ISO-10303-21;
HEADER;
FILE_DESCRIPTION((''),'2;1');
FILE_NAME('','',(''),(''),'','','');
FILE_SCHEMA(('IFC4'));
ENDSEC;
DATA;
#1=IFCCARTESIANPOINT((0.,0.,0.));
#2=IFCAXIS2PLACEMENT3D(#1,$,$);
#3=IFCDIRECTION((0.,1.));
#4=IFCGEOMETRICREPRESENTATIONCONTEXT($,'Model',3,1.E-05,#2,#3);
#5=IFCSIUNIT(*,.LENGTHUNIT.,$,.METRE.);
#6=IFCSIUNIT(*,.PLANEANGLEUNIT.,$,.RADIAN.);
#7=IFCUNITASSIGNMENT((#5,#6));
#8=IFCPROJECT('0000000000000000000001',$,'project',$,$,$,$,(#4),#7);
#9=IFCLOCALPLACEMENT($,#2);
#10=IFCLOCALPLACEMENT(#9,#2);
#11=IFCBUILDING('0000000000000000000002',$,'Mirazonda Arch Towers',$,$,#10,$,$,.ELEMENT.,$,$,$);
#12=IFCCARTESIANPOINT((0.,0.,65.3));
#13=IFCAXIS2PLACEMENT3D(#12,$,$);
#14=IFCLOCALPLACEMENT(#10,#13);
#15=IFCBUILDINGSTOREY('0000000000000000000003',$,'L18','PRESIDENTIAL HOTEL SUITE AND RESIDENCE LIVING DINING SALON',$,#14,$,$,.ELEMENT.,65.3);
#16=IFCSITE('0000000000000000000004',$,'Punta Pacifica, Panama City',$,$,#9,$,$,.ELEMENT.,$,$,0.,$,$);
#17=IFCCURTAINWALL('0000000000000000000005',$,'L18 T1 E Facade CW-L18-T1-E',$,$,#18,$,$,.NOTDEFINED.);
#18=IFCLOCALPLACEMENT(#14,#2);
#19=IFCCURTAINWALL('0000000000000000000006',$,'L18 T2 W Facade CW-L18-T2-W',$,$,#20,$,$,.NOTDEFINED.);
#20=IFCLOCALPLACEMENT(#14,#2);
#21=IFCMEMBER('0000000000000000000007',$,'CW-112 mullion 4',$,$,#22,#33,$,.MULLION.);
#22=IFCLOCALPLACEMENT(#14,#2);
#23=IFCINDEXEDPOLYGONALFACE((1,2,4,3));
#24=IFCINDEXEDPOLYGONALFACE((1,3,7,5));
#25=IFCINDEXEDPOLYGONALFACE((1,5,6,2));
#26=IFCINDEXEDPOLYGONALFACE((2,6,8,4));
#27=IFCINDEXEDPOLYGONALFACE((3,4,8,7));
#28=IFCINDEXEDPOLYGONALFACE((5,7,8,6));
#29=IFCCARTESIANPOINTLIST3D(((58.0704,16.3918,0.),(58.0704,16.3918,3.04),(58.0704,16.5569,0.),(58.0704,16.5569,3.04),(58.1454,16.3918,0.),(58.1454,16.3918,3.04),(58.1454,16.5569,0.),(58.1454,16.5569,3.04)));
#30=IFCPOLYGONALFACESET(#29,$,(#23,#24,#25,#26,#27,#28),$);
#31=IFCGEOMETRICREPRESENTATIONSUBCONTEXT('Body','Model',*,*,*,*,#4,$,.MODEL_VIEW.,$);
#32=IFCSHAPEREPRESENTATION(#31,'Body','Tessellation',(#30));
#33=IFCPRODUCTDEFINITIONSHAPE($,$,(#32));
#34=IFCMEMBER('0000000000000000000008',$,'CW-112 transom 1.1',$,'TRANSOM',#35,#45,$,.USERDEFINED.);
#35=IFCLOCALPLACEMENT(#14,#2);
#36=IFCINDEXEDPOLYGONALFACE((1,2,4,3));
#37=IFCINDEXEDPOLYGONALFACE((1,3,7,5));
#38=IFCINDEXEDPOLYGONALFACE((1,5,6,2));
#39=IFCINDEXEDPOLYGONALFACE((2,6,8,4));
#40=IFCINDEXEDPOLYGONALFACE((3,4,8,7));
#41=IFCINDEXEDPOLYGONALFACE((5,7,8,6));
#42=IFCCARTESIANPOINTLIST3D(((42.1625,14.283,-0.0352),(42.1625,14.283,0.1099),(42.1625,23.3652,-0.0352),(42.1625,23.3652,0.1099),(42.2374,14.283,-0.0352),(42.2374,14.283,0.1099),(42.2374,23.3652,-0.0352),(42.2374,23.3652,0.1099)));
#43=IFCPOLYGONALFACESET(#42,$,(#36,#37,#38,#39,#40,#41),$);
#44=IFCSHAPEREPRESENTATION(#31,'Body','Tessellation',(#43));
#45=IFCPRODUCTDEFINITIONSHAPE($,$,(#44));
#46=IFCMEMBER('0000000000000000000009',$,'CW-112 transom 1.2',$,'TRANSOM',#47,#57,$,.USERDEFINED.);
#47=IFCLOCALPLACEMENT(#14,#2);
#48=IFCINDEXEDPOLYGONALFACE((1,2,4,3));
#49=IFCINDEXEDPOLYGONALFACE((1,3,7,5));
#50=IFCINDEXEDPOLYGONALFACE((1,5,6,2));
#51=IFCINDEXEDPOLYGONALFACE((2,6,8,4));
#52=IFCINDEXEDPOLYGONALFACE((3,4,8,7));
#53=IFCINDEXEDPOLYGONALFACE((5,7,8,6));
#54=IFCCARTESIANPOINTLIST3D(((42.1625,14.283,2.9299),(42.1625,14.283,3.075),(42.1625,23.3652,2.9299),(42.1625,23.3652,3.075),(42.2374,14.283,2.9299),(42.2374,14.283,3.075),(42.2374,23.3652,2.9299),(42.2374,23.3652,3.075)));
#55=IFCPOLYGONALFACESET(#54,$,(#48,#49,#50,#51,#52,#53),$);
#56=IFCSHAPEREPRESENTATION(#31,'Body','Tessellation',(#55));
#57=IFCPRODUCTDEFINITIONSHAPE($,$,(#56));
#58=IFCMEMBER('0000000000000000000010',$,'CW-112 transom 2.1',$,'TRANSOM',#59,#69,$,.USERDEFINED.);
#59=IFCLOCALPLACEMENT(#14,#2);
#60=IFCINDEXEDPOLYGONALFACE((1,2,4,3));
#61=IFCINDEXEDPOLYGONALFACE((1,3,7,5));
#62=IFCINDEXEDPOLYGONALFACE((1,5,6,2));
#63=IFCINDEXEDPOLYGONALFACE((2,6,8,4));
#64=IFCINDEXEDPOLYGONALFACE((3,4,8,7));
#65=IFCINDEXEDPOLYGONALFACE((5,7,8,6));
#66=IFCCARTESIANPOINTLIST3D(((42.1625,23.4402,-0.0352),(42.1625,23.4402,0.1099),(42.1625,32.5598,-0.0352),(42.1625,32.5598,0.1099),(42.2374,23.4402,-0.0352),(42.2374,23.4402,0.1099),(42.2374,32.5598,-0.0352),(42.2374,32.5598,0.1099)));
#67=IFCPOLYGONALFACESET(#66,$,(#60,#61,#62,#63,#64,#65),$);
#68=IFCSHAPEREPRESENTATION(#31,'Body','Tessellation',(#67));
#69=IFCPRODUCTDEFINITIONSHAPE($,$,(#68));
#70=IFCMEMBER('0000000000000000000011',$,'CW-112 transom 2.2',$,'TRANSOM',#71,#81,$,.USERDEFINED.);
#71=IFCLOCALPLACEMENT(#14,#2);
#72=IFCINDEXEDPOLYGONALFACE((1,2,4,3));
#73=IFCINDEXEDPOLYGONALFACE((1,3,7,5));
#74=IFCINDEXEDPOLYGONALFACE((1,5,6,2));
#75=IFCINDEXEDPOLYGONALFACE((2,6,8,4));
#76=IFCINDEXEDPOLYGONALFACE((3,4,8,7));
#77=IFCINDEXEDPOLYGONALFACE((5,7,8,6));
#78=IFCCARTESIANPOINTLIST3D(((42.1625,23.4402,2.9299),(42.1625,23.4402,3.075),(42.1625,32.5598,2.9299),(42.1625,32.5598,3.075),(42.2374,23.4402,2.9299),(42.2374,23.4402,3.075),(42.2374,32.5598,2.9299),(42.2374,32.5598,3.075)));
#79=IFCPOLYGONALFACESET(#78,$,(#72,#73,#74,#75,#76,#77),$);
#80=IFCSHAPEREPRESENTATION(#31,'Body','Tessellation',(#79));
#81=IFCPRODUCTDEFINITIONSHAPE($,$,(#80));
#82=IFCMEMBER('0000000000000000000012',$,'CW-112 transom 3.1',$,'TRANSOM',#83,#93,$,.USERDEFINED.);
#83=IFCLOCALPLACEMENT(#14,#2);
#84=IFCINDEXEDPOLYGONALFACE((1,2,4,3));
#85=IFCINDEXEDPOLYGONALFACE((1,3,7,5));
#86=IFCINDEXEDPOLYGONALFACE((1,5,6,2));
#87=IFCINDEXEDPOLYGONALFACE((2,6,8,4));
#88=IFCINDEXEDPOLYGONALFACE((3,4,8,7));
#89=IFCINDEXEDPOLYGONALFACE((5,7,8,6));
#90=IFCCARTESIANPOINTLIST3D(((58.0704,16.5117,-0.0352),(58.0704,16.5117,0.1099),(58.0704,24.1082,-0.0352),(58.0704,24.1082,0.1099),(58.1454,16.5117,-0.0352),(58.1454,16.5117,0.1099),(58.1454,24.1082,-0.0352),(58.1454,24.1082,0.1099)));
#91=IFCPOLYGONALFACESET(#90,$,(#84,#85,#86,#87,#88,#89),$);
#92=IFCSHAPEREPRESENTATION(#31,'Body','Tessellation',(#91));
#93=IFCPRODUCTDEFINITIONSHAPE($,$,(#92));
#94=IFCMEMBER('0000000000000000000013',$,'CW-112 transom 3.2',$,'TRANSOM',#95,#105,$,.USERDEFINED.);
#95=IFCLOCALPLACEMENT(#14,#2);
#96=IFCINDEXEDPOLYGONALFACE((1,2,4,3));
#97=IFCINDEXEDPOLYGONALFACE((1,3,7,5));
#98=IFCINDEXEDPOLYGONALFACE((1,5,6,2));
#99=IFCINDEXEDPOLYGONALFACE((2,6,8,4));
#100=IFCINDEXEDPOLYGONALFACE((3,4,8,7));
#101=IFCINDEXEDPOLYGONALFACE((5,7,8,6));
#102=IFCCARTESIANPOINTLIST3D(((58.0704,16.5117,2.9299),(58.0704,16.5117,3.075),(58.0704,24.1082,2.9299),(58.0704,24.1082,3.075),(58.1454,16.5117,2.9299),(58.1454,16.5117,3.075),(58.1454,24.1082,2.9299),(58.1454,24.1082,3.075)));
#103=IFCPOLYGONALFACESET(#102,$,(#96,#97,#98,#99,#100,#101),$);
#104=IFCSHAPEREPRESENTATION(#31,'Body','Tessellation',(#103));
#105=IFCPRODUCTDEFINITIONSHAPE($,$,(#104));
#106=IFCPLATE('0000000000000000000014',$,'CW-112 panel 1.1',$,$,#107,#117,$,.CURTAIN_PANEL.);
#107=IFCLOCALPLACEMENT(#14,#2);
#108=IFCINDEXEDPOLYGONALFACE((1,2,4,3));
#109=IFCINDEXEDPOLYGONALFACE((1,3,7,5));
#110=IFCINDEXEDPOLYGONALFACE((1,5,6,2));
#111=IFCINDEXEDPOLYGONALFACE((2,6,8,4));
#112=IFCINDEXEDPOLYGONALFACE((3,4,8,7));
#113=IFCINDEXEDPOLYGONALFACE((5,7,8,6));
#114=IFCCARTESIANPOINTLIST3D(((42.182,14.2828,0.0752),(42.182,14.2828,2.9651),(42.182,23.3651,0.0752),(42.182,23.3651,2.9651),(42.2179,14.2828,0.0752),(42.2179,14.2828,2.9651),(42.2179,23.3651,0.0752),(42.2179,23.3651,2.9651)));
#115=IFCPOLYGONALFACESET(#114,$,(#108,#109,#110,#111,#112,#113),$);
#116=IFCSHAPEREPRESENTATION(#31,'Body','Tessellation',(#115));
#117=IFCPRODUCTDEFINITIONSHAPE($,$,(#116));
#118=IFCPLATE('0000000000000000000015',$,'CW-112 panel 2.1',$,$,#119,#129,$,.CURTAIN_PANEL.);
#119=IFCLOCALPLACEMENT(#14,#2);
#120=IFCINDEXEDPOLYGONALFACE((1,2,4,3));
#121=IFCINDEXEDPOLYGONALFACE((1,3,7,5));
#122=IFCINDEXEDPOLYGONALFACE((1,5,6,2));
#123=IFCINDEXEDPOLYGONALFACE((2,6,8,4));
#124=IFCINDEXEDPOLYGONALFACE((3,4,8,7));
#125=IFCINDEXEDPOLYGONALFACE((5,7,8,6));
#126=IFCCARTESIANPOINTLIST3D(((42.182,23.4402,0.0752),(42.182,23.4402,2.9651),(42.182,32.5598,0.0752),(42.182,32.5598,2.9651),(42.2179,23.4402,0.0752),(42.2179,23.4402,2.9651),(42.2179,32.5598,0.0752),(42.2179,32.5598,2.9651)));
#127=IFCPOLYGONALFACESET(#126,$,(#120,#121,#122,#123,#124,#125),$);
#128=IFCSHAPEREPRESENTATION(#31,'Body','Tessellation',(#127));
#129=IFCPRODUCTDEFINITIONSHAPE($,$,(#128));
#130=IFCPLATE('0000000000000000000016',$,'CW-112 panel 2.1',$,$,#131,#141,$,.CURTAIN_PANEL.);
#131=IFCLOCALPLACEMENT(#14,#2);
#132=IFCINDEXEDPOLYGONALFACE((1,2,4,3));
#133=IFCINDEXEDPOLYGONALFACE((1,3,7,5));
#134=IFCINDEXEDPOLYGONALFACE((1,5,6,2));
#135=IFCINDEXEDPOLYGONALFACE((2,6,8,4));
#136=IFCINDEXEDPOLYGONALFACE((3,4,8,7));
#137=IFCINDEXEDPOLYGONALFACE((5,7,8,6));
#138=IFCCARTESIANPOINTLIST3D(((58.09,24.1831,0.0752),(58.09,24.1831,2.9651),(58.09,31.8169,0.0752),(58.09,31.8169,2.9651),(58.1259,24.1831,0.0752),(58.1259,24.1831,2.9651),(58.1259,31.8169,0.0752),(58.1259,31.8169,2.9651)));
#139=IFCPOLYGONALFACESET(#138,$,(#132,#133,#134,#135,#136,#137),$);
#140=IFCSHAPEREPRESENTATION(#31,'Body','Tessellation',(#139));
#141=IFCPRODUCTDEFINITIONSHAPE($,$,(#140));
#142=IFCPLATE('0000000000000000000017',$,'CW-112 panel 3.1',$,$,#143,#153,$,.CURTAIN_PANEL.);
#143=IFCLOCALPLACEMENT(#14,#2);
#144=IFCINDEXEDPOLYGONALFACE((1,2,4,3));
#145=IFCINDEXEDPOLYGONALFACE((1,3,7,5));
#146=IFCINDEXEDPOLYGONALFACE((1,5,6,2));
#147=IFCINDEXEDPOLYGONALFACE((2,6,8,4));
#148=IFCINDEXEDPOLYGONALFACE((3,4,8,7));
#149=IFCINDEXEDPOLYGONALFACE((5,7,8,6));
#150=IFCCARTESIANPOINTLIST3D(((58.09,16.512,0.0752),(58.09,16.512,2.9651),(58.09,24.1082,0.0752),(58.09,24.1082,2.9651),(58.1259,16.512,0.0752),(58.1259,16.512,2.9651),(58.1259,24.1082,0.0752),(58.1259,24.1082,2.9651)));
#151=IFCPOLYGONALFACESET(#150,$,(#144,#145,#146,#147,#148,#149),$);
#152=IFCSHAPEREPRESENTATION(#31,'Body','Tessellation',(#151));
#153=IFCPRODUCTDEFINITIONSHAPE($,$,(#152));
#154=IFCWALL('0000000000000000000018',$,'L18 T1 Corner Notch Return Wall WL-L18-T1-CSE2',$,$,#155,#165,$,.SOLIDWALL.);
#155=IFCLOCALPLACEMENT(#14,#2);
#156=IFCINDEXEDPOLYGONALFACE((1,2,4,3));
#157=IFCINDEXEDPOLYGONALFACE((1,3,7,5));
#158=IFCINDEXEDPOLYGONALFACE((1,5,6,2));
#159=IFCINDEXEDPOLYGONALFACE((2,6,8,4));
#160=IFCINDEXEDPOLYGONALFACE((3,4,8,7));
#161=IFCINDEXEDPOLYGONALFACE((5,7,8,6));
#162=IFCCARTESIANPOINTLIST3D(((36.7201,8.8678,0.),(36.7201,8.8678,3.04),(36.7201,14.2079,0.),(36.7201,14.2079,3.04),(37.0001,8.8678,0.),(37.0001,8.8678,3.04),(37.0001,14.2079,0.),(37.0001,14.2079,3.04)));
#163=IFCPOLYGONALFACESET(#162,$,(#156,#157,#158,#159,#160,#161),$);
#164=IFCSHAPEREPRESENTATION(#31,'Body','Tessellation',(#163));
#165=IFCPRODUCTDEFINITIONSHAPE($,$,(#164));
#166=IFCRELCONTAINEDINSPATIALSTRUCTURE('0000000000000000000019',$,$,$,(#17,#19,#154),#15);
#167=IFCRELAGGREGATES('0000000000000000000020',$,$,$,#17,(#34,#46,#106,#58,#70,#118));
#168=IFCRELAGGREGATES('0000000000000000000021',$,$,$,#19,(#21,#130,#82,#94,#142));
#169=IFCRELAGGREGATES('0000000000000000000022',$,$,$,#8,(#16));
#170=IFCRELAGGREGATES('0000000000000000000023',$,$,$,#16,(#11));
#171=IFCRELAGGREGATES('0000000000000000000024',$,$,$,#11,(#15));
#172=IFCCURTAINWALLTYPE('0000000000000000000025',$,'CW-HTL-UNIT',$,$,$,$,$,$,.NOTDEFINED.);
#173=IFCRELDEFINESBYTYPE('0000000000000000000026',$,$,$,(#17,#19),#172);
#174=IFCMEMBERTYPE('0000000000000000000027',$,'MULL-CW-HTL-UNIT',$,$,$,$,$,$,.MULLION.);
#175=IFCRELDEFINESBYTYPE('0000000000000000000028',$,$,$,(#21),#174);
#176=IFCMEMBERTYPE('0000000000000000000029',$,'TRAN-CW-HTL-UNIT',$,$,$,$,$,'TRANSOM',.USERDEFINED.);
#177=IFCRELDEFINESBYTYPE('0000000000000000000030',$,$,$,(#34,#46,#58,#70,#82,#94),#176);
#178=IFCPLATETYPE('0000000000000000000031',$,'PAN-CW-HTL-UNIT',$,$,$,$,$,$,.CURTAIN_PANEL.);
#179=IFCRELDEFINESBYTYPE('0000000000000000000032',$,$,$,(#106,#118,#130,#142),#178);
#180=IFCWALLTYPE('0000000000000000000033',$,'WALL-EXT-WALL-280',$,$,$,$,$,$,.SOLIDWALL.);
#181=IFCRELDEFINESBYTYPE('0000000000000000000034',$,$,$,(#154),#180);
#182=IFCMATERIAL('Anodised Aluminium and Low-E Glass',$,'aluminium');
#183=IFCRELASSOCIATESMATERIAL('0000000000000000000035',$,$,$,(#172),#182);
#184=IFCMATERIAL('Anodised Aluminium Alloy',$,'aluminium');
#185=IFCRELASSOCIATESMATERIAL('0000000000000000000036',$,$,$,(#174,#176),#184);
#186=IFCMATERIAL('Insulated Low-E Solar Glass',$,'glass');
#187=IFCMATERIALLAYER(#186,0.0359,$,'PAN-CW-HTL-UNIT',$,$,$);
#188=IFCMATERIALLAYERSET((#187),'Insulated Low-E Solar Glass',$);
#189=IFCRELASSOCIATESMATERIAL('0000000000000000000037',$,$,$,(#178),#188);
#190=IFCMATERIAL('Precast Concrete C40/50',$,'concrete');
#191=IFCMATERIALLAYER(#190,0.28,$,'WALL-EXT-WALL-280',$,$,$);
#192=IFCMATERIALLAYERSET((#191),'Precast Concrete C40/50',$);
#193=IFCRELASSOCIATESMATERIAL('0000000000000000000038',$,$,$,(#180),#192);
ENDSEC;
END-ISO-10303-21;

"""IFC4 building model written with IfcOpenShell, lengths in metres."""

from ifc_helpers import new_model, si_unit, direction, frame, frame_2d, origin, origin_2d, place, context, subcontext, project, spatial, rectangle, extrude, material, layer, layer_set, material_profile, profile_set, type_object, element, aggregate, save


model = new_model("IFC4")

# Units and contexts
model_context = context("Model", 3, precision=1e-05, world=origin(), true_north=direction((0.0, 1.0)))
body_context = subcontext(model_context, "Body", "Model", "MODEL_VIEW")
ifc_project = project(units=[si_unit("LENGTHUNIT", "METRE"), si_unit("PLANEANGLEUNIT", "RADIAN")], contexts=[model_context])

# Site, building, storey
site_placement = place(None, origin())
site = spatial("IfcSite", under=ifc_project, at=site_placement, Name="Punta Pacifica, Panama City", CompositionType="ELEMENT", RefElevation=0.0)
building_placement = place(site_placement, origin())
building = spatial("IfcBuilding", under=site, at=building_placement, Name="Mirazonda Arch Towers", CompositionType="ELEMENT")
storey_placement = place(building_placement, frame((0.0, 0.0, 65.3)))
storey = spatial("IfcBuildingStorey", under=building, at=storey_placement, Name="L18", Description="PRESIDENTIAL HOTEL SUITE AND RESIDENCE LIVING DINING SALON", CompositionType="ELEMENT", Elevation=65.3)

# Curtain walls, member
ifc_material_1 = material(Name="Anodised Aluminium and Low-E Glass", Category="aluminium")
curtain_wall_type = type_object("IfcCurtainWallType", Name="CW-HTL-UNIT", PredefinedType="NOTDEFINED", material=ifc_material_1)
curtain_wall_1_placement = place(storey_placement, origin())
curtain_wall_1 = element("IfcCurtainWall", 1, at=curtain_wall_1_placement, inside=storey, type_object=curtain_wall_type, Name="L18 T1 E Facade CW-L18-T1-E", PredefinedType="NOTDEFINED")
ifc_material_2 = material(Name="Anodised Aluminium Alloy", Category="aluminium")
ifc_material_profile_1 = material_profile(ifc_material_2, rectangle(XDim=0.075, YDim=0.165, at=origin_2d()), Name="ALU-MULL-75x165")
ifc_profile_set_1 = profile_set([ifc_material_profile_1], Name="Anodised Aluminium Alloy")
member_type_1 = type_object("IfcMemberType", Name="MULL-CW-HTL-UNIT", PredefinedType="MULLION", material=ifc_profile_set_1)
curtain_wall_2_placement = place(storey_placement, origin())
curtain_wall_2 = element("IfcCurtainWall", 2, at=curtain_wall_2_placement, inside=storey, type_object=curtain_wall_type, Name="L18 T2 W Facade CW-L18-T2-W", PredefinedType="NOTDEFINED")
member_1_placement = place(storey_placement, frame((58.1079, 16.4744, 0.0), z_axis=(0.0, 0.0, 1.0), x_axis=(1.0, 0.0, 0.0)))
member_1 = element("IfcMember", 3, at=member_1_placement, type_object=member_type_1, Name="CW-112 mullion 4", PredefinedType="MULLION", context=body_context, shape_type="SweptSolid", body=[
    extrude(rectangle(XDim=0.075, YDim=0.165, at=origin_2d()), origin(), (0.0, 0.0, 1.0), 3.04),
])

# Members
ifc_material_profile_2 = material_profile(ifc_material_2, rectangle(XDim=0.075, YDim=0.145, at=origin_2d()), Name="ALU-TRAN-75x145")
ifc_profile_set_2 = profile_set([ifc_material_profile_2], Name="Anodised Aluminium Alloy")
member_type_2 = type_object("IfcMemberType", Name="TRAN-CW-HTL-UNIT", ElementType="TRANSOM", PredefinedType="USERDEFINED", material=ifc_profile_set_2)
member_2_placement = place(storey_placement, frame((42.2, 14.283, 0.0374), z_axis=(0.0, 1.0, 0.0), x_axis=(-1.0, 0.0, 0.0)))
member_2 = element("IfcMember", 4, at=member_2_placement, type_object=member_type_2, Name="CW-112 transom 1.1", ObjectType="TRANSOM", PredefinedType="USERDEFINED", context=body_context, shape_type="SweptSolid", body=[
    extrude(rectangle(XDim=0.075, YDim=0.145, at=origin_2d()), origin(), (0.0, 0.0, 1.0), 9.0823),
])
member_3_placement = place(storey_placement, frame((42.2, 14.283, 3.0024), z_axis=(0.0, 1.0, 0.0), x_axis=(-1.0, 0.0, 0.0)))
member_3 = element("IfcMember", 5, at=member_3_placement, type_object=member_type_2, Name="CW-112 transom 1.2", ObjectType="TRANSOM", PredefinedType="USERDEFINED", context=body_context, shape_type="SweptSolid", body=[
    extrude(rectangle(XDim=0.075, YDim=0.145, at=origin_2d()), origin(), (0.0, 0.0, 1.0), 9.0823),
])
member_4_placement = place(storey_placement, frame((42.2, 23.4402, 0.0374), z_axis=(0.0, 1.0, 0.0), x_axis=(-1.0, 0.0, 0.0)))
member_4 = element("IfcMember", 6, at=member_4_placement, type_object=member_type_2, Name="CW-112 transom 2.1", ObjectType="TRANSOM", PredefinedType="USERDEFINED", context=body_context, shape_type="SweptSolid", body=[
    extrude(rectangle(XDim=0.075, YDim=0.145, at=origin_2d()), origin(), (0.0, 0.0, 1.0), 9.1196),
])
member_5_placement = place(storey_placement, frame((42.2, 23.4402, 3.0024), z_axis=(0.0, 1.0, 0.0), x_axis=(-1.0, 0.0, 0.0)))
member_5 = element("IfcMember", 7, at=member_5_placement, type_object=member_type_2, Name="CW-112 transom 2.2", ObjectType="TRANSOM", PredefinedType="USERDEFINED", context=body_context, shape_type="SweptSolid", body=[
    extrude(rectangle(XDim=0.075, YDim=0.145, at=origin_2d()), origin(), (0.0, 0.0, 1.0), 9.1196),
])
member_6_placement = place(storey_placement, frame((58.1079, 24.1082, 0.0374), z_axis=(0.0, -1.0, 0.0), x_axis=(1.0, 0.0, 0.0)))
member_6 = element("IfcMember", 8, at=member_6_placement, type_object=member_type_2, Name="CW-112 transom 3.1", ObjectType="TRANSOM", PredefinedType="USERDEFINED", context=body_context, shape_type="SweptSolid", body=[
    extrude(rectangle(XDim=0.075, YDim=0.145, at=origin_2d()), origin(), (0.0, 0.0, 1.0), 7.5964),
])
member_7_placement = place(storey_placement, frame((58.1079, 24.1082, 3.0024), z_axis=(0.0, -1.0, 0.0), x_axis=(1.0, 0.0, 0.0)))
member_7 = element("IfcMember", 9, at=member_7_placement, type_object=member_type_2, Name="CW-112 transom 3.2", ObjectType="TRANSOM", PredefinedType="USERDEFINED", context=body_context, shape_type="SweptSolid", body=[
    extrude(rectangle(XDim=0.075, YDim=0.145, at=origin_2d()), origin(), (0.0, 0.0, 1.0), 7.5964),
])

# Plates
ifc_material_3 = material(Name="Insulated Low-E Solar Glass", Category="glass")
ifc_layer_1 = layer(ifc_material_3, 0.0359, Name="PAN-CW-HTL-UNIT")
ifc_layer_set_1 = layer_set([ifc_layer_1], Name="Insulated Low-E Solar Glass")
plate_type = type_object("IfcPlateType", Name="PAN-CW-HTL-UNIT", PredefinedType="CURTAIN_PANEL", material=ifc_layer_set_1)
plate_1_placement = place(storey_placement, frame((42.2, 18.824, 0.0752), z_axis=(0.0, 0.0, 1.0), x_axis=(0.0, 1.0, 0.0)))
plate_1 = element("IfcPlate", 10, at=plate_1_placement, type_object=plate_type, Name="CW-112 panel 1.1", PredefinedType="CURTAIN_PANEL", context=body_context, shape_type="SweptSolid", body=[
    extrude(rectangle(XDim=9.0823, YDim=0.0359, at=origin_2d()), origin(), (0.0, 0.0, 1.0), 2.8899),
])
plate_2_placement = place(storey_placement, frame((42.2, 28.0, 0.0752), z_axis=(0.0, 0.0, 1.0), x_axis=(0.0, 1.0, 0.0)))
plate_2 = element("IfcPlate", 11, at=plate_2_placement, type_object=plate_type, Name="CW-112 panel 2.1", PredefinedType="CURTAIN_PANEL", context=body_context, shape_type="SweptSolid", body=[
    extrude(rectangle(XDim=9.1196, YDim=0.0359, at=origin_2d()), origin(), (0.0, 0.0, 1.0), 2.8899),
])
aggregate(curtain_wall_1, [member_2, member_3, plate_1, member_4, member_5, plate_2])
plate_3_placement = place(storey_placement, frame((58.1079, 28.0, 0.0752), z_axis=(0.0, 0.0, 1.0), x_axis=(0.0, -1.0, 0.0)))
plate_3 = element("IfcPlate", 12, at=plate_3_placement, type_object=plate_type, Name="CW-112 panel 2.1", PredefinedType="CURTAIN_PANEL", context=body_context, shape_type="SweptSolid", body=[
    extrude(rectangle(XDim=7.6338, YDim=0.0359, at=origin_2d()), origin(), (0.0, 0.0, 1.0), 2.8899),
])
plate_4_placement = place(storey_placement, frame((58.1079, 20.3101, 0.0752), z_axis=(0.0, 0.0, 1.0), x_axis=(0.0, -1.0, 0.0)))
plate_4 = element("IfcPlate", 13, at=plate_4_placement, type_object=plate_type, Name="CW-112 panel 3.1", PredefinedType="CURTAIN_PANEL", context=body_context, shape_type="SweptSolid", body=[
    extrude(rectangle(XDim=7.5962, YDim=0.0359, at=origin_2d()), origin(), (0.0, 0.0, 1.0), 2.8899),
])
aggregate(curtain_wall_2, [member_1, plate_3, member_6, member_7, plate_4])

# Wall
ifc_material_4 = material(Name="Precast Concrete C40/50", Category="concrete")
ifc_layer_2 = layer(ifc_material_4, 0.28, Name="WALL-EXT-WALL-280")
ifc_layer_set_2 = layer_set([ifc_layer_2], Name="Precast Concrete C40/50")
wall_type_1 = type_object("IfcWallType", Name="WALL-EXT-WALL-280", PredefinedType="SOLIDWALL", material=ifc_layer_set_2)
wall_1_placement = place(storey_placement, frame((36.8601, 8.8679, 0.0), z_axis=(0.0, 0.0, 1.0), x_axis=(0.0, 1.0, 0.0)))
element("IfcWall", 14, at=wall_1_placement, inside=storey, type_object=wall_type_1, Name="L18 T1 Corner Notch Return Wall WL-L18-T1-CSE2", PredefinedType="SOLIDWALL", context=body_context, shape_type="SweptSolid", body=[
    extrude(rectangle(XDim=5.3401, YDim=0.28, at=frame_2d((2.6699, 0.0))), origin(), (0.0, 0.0, 1.0), 3.04),
])

save(model, "model.ifc")
